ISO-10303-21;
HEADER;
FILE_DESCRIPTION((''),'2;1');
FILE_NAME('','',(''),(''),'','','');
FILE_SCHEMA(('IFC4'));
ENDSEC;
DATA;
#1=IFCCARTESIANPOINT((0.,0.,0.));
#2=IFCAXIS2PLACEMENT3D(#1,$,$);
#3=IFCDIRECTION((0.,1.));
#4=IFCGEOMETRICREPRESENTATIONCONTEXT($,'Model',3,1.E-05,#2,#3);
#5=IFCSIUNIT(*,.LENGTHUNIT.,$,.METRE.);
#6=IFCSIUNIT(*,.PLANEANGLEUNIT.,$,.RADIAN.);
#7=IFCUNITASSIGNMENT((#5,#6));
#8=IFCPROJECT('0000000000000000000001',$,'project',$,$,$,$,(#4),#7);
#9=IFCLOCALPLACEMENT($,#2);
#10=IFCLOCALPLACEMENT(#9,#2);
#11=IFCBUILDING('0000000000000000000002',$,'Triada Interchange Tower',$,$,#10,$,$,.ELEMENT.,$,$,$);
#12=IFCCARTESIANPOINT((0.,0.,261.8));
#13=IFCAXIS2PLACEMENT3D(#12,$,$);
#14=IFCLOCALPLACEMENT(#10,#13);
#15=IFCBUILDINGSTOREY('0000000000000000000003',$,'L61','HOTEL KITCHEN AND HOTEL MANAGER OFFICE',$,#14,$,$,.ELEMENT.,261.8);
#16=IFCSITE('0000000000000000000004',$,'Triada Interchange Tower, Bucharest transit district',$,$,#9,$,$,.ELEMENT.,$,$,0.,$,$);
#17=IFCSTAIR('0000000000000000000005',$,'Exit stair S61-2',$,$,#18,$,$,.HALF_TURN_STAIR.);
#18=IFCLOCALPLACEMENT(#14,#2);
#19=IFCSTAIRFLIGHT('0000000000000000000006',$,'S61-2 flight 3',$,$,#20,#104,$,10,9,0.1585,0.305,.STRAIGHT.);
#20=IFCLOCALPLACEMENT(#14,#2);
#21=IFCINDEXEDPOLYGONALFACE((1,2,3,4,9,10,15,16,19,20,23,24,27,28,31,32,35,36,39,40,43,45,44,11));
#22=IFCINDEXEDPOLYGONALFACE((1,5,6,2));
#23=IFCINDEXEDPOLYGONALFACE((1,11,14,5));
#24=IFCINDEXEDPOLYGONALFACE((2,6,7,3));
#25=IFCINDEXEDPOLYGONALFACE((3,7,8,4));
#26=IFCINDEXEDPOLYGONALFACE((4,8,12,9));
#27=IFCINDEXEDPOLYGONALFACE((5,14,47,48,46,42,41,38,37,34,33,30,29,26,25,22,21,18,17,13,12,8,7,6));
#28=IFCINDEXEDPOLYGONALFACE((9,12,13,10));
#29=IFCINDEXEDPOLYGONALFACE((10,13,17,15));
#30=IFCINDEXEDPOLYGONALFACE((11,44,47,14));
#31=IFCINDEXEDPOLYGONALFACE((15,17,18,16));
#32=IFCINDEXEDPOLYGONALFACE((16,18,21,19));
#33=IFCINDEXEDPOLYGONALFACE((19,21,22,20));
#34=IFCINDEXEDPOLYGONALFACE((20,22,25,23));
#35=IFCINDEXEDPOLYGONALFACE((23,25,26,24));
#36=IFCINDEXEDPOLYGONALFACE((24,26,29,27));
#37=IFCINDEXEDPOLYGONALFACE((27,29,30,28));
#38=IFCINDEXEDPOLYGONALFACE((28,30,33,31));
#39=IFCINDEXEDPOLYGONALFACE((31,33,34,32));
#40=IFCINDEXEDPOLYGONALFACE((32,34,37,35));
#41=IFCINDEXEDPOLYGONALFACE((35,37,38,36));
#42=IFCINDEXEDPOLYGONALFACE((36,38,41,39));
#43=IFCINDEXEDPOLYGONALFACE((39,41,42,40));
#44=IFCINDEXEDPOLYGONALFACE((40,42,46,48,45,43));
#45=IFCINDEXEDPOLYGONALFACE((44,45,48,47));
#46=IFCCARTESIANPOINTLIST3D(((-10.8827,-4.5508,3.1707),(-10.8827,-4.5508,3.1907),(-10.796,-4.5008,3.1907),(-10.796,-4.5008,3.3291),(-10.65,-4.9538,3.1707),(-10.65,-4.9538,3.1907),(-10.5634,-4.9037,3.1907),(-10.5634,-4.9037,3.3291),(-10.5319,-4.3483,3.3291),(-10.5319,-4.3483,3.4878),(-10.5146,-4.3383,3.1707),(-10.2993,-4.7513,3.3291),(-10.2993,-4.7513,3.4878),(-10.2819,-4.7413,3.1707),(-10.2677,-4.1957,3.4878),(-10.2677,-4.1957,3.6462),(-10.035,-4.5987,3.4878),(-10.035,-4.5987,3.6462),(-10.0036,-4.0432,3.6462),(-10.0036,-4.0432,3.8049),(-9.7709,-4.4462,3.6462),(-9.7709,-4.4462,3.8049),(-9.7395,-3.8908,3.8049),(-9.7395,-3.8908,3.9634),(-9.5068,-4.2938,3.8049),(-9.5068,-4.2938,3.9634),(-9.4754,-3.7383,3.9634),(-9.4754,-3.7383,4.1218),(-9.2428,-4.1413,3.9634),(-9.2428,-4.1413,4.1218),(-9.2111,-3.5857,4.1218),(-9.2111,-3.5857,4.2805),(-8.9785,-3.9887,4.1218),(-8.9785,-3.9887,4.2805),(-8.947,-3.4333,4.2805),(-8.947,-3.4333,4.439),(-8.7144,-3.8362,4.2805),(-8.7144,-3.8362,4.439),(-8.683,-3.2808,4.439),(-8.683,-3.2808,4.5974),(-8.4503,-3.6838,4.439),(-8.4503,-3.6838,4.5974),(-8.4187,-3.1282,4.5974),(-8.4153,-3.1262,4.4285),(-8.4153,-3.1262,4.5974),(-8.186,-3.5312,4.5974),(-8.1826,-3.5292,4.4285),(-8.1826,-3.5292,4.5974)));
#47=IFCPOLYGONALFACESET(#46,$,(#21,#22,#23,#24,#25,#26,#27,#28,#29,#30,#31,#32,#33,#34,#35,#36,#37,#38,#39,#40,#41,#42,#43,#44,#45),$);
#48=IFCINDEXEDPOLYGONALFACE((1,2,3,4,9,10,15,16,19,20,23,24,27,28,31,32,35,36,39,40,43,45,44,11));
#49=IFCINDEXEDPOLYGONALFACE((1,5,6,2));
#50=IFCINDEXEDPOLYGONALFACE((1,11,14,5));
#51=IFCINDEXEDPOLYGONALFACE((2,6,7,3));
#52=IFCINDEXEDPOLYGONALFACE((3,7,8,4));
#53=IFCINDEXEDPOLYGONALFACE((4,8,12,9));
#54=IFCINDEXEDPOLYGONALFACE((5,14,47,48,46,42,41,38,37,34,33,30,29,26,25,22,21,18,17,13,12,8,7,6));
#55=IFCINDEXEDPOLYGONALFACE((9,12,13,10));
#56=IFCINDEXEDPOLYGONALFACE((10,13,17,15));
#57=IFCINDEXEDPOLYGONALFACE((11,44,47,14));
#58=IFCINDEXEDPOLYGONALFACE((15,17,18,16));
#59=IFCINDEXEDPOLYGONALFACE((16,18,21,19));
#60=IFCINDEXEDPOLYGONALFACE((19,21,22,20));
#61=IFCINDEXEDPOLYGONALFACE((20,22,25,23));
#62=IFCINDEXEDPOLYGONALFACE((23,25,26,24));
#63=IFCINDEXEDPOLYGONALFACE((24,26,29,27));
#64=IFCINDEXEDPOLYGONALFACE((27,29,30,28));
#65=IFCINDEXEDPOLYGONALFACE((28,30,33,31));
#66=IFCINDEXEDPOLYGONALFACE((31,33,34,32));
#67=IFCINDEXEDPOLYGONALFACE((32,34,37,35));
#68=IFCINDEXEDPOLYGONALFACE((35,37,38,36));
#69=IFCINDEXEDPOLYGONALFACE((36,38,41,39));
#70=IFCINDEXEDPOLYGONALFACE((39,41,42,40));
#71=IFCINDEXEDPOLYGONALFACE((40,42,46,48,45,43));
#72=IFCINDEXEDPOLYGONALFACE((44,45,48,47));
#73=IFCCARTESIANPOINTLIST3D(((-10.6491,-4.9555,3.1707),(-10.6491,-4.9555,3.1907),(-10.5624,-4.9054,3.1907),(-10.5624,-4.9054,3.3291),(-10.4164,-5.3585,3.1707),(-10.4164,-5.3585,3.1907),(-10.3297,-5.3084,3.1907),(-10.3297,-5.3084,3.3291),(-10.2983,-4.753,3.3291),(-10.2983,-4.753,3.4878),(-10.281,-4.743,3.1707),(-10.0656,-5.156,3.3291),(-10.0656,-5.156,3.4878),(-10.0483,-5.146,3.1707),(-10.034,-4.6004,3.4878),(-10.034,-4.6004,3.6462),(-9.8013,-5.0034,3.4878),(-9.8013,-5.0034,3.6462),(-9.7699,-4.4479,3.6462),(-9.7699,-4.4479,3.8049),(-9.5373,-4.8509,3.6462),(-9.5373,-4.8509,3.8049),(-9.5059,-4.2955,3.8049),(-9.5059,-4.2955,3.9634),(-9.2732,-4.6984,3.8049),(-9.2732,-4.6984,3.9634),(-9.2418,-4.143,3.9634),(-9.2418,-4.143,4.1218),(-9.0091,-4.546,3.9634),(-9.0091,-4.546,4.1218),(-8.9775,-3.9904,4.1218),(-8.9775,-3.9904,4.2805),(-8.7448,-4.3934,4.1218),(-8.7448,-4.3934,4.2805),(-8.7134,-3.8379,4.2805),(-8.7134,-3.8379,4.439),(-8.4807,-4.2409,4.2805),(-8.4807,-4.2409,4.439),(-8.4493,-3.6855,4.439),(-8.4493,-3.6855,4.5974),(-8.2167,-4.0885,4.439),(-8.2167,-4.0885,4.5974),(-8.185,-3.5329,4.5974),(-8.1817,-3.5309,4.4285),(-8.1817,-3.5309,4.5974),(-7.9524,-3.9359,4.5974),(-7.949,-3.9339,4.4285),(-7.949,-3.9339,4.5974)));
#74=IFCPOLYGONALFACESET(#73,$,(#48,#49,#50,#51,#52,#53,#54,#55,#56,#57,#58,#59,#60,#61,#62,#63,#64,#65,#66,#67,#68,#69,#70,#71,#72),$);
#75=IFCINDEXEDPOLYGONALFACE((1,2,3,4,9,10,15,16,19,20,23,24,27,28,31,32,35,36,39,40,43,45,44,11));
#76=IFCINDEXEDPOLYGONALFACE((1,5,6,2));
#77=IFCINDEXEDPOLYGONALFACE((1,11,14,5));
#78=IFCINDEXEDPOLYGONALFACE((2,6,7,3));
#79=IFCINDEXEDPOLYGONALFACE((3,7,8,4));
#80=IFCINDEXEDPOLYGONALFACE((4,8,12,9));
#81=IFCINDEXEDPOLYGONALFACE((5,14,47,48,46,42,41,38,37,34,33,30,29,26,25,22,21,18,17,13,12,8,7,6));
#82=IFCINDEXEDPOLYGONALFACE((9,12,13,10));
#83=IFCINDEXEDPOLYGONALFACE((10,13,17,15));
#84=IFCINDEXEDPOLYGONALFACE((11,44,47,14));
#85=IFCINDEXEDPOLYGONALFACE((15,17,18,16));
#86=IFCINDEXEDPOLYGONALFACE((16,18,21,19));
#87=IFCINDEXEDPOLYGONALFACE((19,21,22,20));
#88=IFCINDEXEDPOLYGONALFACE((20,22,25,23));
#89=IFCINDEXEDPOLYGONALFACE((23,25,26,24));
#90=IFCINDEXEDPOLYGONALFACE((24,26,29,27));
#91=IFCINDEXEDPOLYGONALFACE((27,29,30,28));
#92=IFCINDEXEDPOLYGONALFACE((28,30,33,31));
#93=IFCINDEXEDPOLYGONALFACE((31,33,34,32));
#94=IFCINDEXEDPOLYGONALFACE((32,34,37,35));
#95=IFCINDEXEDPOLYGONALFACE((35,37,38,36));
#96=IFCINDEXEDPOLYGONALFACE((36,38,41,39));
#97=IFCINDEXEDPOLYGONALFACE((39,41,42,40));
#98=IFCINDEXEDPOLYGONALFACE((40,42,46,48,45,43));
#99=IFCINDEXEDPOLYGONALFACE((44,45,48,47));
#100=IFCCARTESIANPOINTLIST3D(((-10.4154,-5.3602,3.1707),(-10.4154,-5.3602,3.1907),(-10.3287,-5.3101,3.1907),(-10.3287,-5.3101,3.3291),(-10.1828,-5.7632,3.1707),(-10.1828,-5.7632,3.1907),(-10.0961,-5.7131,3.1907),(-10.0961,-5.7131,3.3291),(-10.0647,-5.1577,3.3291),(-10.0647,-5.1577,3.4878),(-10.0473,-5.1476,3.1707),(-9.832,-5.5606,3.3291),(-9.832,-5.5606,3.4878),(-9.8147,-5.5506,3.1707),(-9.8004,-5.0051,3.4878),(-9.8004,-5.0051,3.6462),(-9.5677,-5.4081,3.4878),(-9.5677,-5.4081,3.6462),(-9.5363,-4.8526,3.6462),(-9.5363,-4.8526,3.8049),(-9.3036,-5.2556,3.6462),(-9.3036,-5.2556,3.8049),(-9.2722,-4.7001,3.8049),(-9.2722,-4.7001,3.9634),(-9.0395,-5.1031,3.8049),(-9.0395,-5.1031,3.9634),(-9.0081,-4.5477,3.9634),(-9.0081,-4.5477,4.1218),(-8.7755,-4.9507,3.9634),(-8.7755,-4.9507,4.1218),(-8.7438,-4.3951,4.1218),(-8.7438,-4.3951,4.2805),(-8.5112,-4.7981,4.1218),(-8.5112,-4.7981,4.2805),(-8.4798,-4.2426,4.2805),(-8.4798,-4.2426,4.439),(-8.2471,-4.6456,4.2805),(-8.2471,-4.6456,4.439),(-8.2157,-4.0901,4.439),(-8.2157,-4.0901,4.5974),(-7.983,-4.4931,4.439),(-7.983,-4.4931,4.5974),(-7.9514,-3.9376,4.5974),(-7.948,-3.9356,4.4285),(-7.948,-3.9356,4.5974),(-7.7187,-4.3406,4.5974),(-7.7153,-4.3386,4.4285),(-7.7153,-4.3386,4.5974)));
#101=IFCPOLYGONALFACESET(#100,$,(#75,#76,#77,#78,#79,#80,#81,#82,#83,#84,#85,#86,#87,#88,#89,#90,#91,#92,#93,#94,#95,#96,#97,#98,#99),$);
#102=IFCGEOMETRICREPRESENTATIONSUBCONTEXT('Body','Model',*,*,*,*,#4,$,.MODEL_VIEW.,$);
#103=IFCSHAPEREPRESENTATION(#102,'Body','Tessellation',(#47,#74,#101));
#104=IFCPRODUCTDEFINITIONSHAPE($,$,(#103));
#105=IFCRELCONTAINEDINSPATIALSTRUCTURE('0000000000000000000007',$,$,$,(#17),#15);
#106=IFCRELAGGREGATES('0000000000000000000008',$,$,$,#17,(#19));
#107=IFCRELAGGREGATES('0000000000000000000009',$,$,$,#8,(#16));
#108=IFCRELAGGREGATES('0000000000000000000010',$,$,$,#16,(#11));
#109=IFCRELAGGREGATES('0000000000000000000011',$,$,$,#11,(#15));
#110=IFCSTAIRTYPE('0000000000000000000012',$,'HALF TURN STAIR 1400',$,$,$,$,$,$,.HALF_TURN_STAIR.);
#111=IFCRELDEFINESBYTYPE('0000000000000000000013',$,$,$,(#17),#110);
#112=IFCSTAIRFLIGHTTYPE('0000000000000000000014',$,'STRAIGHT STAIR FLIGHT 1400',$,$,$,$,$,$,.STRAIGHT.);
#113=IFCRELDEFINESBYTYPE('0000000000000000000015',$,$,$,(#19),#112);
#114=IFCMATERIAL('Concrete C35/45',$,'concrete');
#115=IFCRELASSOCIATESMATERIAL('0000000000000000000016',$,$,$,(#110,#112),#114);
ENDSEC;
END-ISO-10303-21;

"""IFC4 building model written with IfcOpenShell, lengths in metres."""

from ifc_helpers import new_model, si_unit, direction, frame, origin, place, context, subcontext, project, spatial, polyline, outline, extrude, material, type_object, element, aggregate, save


model = new_model("IFC4")

# Units and contexts
model_context = context("Model", 3, precision=1e-05, world=origin(), true_north=direction((0.0, 1.0)))
body_context = subcontext(model_context, "Body", "Model", "MODEL_VIEW")
ifc_project = project(units=[si_unit("LENGTHUNIT", "METRE"), si_unit("PLANEANGLEUNIT", "RADIAN")], contexts=[model_context])

# Site, building, storey
site_placement = place(None, origin())
site = spatial("IfcSite", under=ifc_project, at=site_placement, Name="Triada Interchange Tower, Bucharest transit district", CompositionType="ELEMENT", RefElevation=0.0)
building_placement = place(site_placement, origin())
building = spatial("IfcBuilding", under=site, at=building_placement, Name="Triada Interchange Tower", CompositionType="ELEMENT")
storey_placement = place(building_placement, frame((0.0, 0.0, 261.8)))
storey = spatial("IfcBuildingStorey", under=building, at=storey_placement, Name="L61", Description="HOTEL KITCHEN AND HOTEL MANAGER OFFICE", CompositionType="ELEMENT", Elevation=261.8)

# Shared definitions
ifc_material_1 = material(Name="Concrete C35/45", Category="concrete")

# Stair, stair flight
stair_type = type_object("IfcStairType", Name="HALF TURN STAIR 1400", PredefinedType="HALF_TURN_STAIR", material=ifc_material_1)
stair_placement = place(storey_placement, origin())
stair = element("IfcStair", 1, at=stair_placement, inside=storey, type_object=stair_type, Name="Exit stair S61-2", PredefinedType="HALF_TURN_STAIR")
stair_flight_type = type_object("IfcStairFlightType", Name="STRAIGHT STAIR FLIGHT 1400", PredefinedType="STRAIGHT", material=ifc_material_1)
stair_flight_1_placement = place(storey_placement, frame((-10.446, -5.1069, 3.1707), z_axis=(0.0, 0.0, 1.0), x_axis=(0.866025, 0.5, 0.0)))
stair_flight_1 = element("IfcStairFlight", 2, at=stair_flight_1_placement, type_object=stair_flight_type, Name="S61-2 flight 3", NumberOfRisers=10, NumberOfTreads=9, PredefinedType="STRAIGHT", RiserHeight=0.1585, TreadLength=0.305, context=body_context, shape_type="SweptSolid", body=[
    extrude(outline(polyline([(-0.1001, 0.0), (-0.1001, 0.02), (0.0, 0.02), (0.0, 0.1584), (0.3049, 0.1584), (0.3049, 0.3171), (0.6101, 0.3171), (0.6101, 0.4756), (0.915, 0.4756), (0.915, 0.6343), (1.22, 0.6343), (1.22, 0.7927), (1.5249, 0.7927), (1.5249, 0.9512), (1.8301, 0.9512), (1.8301, 1.1099), (2.135, 1.1099), (2.135, 1.2683), (2.4399, 1.2683), (2.4399, 1.4268), (2.7451, 1.4268), (2.749, 1.4268), (2.749, 1.5854), (2.749, 1.2578), (0.325, 0.0), (-0.1001, 0.0)])), frame((0.0, 0.7, 0.0), z_axis=(0.0, -1.0, 0.0), x_axis=(1.0, 0.0, 0.0)), (0.0, 0.0, 1.0), 0.4653),
    extrude(outline(polyline([(-0.1001, 0.0), (-0.1001, 0.02), (0.0, 0.02), (0.0, 0.1584), (0.3049, 0.1584), (0.3049, 0.3171), (0.6101, 0.3171), (0.6101, 0.4756), (0.915, 0.4756), (0.915, 0.6343), (1.22, 0.6343), (1.22, 0.7927), (1.5249, 0.7927), (1.5249, 0.9512), (1.8301, 0.9512), (1.8301, 1.1099), (2.135, 1.1099), (2.135, 1.2683), (2.4399, 1.2683), (2.4399, 1.4268), (2.7451, 1.4268), (2.749, 1.4268), (2.749, 1.5854), (2.749, 1.2578), (0.325, 0.0), (-0.1001, 0.0)])), frame((0.0, 0.2327, 0.0), z_axis=(0.0, -1.0, 0.0), x_axis=(1.0, 0.0, 0.0)), (0.0, 0.0, 1.0), 0.4653),
    extrude(outline(polyline([(-0.1001, 0.0), (-0.1001, 0.02), (0.0, 0.02), (0.0, 0.1584), (0.3049, 0.1584), (0.3049, 0.3171), (0.6101, 0.3171), (0.6101, 0.4756), (0.915, 0.4756), (0.915, 0.6343), (1.22, 0.6343), (1.22, 0.7927), (1.5249, 0.7927), (1.5249, 0.9512), (1.8301, 0.9512), (1.8301, 1.1099), (2.135, 1.1099), (2.135, 1.2683), (2.4399, 1.2683), (2.4399, 1.4268), (2.7451, 1.4268), (2.749, 1.4268), (2.749, 1.5854), (2.749, 1.2578), (0.325, 0.0), (-0.1001, 0.0)])), frame((0.0, -0.2346, 0.0), z_axis=(0.0, -1.0, 0.0), x_axis=(1.0, 0.0, 0.0)), (0.0, 0.0, 1.0), 0.4653),
])
aggregate(stair, [stair_flight_1])

save(model, "model.ifc")
